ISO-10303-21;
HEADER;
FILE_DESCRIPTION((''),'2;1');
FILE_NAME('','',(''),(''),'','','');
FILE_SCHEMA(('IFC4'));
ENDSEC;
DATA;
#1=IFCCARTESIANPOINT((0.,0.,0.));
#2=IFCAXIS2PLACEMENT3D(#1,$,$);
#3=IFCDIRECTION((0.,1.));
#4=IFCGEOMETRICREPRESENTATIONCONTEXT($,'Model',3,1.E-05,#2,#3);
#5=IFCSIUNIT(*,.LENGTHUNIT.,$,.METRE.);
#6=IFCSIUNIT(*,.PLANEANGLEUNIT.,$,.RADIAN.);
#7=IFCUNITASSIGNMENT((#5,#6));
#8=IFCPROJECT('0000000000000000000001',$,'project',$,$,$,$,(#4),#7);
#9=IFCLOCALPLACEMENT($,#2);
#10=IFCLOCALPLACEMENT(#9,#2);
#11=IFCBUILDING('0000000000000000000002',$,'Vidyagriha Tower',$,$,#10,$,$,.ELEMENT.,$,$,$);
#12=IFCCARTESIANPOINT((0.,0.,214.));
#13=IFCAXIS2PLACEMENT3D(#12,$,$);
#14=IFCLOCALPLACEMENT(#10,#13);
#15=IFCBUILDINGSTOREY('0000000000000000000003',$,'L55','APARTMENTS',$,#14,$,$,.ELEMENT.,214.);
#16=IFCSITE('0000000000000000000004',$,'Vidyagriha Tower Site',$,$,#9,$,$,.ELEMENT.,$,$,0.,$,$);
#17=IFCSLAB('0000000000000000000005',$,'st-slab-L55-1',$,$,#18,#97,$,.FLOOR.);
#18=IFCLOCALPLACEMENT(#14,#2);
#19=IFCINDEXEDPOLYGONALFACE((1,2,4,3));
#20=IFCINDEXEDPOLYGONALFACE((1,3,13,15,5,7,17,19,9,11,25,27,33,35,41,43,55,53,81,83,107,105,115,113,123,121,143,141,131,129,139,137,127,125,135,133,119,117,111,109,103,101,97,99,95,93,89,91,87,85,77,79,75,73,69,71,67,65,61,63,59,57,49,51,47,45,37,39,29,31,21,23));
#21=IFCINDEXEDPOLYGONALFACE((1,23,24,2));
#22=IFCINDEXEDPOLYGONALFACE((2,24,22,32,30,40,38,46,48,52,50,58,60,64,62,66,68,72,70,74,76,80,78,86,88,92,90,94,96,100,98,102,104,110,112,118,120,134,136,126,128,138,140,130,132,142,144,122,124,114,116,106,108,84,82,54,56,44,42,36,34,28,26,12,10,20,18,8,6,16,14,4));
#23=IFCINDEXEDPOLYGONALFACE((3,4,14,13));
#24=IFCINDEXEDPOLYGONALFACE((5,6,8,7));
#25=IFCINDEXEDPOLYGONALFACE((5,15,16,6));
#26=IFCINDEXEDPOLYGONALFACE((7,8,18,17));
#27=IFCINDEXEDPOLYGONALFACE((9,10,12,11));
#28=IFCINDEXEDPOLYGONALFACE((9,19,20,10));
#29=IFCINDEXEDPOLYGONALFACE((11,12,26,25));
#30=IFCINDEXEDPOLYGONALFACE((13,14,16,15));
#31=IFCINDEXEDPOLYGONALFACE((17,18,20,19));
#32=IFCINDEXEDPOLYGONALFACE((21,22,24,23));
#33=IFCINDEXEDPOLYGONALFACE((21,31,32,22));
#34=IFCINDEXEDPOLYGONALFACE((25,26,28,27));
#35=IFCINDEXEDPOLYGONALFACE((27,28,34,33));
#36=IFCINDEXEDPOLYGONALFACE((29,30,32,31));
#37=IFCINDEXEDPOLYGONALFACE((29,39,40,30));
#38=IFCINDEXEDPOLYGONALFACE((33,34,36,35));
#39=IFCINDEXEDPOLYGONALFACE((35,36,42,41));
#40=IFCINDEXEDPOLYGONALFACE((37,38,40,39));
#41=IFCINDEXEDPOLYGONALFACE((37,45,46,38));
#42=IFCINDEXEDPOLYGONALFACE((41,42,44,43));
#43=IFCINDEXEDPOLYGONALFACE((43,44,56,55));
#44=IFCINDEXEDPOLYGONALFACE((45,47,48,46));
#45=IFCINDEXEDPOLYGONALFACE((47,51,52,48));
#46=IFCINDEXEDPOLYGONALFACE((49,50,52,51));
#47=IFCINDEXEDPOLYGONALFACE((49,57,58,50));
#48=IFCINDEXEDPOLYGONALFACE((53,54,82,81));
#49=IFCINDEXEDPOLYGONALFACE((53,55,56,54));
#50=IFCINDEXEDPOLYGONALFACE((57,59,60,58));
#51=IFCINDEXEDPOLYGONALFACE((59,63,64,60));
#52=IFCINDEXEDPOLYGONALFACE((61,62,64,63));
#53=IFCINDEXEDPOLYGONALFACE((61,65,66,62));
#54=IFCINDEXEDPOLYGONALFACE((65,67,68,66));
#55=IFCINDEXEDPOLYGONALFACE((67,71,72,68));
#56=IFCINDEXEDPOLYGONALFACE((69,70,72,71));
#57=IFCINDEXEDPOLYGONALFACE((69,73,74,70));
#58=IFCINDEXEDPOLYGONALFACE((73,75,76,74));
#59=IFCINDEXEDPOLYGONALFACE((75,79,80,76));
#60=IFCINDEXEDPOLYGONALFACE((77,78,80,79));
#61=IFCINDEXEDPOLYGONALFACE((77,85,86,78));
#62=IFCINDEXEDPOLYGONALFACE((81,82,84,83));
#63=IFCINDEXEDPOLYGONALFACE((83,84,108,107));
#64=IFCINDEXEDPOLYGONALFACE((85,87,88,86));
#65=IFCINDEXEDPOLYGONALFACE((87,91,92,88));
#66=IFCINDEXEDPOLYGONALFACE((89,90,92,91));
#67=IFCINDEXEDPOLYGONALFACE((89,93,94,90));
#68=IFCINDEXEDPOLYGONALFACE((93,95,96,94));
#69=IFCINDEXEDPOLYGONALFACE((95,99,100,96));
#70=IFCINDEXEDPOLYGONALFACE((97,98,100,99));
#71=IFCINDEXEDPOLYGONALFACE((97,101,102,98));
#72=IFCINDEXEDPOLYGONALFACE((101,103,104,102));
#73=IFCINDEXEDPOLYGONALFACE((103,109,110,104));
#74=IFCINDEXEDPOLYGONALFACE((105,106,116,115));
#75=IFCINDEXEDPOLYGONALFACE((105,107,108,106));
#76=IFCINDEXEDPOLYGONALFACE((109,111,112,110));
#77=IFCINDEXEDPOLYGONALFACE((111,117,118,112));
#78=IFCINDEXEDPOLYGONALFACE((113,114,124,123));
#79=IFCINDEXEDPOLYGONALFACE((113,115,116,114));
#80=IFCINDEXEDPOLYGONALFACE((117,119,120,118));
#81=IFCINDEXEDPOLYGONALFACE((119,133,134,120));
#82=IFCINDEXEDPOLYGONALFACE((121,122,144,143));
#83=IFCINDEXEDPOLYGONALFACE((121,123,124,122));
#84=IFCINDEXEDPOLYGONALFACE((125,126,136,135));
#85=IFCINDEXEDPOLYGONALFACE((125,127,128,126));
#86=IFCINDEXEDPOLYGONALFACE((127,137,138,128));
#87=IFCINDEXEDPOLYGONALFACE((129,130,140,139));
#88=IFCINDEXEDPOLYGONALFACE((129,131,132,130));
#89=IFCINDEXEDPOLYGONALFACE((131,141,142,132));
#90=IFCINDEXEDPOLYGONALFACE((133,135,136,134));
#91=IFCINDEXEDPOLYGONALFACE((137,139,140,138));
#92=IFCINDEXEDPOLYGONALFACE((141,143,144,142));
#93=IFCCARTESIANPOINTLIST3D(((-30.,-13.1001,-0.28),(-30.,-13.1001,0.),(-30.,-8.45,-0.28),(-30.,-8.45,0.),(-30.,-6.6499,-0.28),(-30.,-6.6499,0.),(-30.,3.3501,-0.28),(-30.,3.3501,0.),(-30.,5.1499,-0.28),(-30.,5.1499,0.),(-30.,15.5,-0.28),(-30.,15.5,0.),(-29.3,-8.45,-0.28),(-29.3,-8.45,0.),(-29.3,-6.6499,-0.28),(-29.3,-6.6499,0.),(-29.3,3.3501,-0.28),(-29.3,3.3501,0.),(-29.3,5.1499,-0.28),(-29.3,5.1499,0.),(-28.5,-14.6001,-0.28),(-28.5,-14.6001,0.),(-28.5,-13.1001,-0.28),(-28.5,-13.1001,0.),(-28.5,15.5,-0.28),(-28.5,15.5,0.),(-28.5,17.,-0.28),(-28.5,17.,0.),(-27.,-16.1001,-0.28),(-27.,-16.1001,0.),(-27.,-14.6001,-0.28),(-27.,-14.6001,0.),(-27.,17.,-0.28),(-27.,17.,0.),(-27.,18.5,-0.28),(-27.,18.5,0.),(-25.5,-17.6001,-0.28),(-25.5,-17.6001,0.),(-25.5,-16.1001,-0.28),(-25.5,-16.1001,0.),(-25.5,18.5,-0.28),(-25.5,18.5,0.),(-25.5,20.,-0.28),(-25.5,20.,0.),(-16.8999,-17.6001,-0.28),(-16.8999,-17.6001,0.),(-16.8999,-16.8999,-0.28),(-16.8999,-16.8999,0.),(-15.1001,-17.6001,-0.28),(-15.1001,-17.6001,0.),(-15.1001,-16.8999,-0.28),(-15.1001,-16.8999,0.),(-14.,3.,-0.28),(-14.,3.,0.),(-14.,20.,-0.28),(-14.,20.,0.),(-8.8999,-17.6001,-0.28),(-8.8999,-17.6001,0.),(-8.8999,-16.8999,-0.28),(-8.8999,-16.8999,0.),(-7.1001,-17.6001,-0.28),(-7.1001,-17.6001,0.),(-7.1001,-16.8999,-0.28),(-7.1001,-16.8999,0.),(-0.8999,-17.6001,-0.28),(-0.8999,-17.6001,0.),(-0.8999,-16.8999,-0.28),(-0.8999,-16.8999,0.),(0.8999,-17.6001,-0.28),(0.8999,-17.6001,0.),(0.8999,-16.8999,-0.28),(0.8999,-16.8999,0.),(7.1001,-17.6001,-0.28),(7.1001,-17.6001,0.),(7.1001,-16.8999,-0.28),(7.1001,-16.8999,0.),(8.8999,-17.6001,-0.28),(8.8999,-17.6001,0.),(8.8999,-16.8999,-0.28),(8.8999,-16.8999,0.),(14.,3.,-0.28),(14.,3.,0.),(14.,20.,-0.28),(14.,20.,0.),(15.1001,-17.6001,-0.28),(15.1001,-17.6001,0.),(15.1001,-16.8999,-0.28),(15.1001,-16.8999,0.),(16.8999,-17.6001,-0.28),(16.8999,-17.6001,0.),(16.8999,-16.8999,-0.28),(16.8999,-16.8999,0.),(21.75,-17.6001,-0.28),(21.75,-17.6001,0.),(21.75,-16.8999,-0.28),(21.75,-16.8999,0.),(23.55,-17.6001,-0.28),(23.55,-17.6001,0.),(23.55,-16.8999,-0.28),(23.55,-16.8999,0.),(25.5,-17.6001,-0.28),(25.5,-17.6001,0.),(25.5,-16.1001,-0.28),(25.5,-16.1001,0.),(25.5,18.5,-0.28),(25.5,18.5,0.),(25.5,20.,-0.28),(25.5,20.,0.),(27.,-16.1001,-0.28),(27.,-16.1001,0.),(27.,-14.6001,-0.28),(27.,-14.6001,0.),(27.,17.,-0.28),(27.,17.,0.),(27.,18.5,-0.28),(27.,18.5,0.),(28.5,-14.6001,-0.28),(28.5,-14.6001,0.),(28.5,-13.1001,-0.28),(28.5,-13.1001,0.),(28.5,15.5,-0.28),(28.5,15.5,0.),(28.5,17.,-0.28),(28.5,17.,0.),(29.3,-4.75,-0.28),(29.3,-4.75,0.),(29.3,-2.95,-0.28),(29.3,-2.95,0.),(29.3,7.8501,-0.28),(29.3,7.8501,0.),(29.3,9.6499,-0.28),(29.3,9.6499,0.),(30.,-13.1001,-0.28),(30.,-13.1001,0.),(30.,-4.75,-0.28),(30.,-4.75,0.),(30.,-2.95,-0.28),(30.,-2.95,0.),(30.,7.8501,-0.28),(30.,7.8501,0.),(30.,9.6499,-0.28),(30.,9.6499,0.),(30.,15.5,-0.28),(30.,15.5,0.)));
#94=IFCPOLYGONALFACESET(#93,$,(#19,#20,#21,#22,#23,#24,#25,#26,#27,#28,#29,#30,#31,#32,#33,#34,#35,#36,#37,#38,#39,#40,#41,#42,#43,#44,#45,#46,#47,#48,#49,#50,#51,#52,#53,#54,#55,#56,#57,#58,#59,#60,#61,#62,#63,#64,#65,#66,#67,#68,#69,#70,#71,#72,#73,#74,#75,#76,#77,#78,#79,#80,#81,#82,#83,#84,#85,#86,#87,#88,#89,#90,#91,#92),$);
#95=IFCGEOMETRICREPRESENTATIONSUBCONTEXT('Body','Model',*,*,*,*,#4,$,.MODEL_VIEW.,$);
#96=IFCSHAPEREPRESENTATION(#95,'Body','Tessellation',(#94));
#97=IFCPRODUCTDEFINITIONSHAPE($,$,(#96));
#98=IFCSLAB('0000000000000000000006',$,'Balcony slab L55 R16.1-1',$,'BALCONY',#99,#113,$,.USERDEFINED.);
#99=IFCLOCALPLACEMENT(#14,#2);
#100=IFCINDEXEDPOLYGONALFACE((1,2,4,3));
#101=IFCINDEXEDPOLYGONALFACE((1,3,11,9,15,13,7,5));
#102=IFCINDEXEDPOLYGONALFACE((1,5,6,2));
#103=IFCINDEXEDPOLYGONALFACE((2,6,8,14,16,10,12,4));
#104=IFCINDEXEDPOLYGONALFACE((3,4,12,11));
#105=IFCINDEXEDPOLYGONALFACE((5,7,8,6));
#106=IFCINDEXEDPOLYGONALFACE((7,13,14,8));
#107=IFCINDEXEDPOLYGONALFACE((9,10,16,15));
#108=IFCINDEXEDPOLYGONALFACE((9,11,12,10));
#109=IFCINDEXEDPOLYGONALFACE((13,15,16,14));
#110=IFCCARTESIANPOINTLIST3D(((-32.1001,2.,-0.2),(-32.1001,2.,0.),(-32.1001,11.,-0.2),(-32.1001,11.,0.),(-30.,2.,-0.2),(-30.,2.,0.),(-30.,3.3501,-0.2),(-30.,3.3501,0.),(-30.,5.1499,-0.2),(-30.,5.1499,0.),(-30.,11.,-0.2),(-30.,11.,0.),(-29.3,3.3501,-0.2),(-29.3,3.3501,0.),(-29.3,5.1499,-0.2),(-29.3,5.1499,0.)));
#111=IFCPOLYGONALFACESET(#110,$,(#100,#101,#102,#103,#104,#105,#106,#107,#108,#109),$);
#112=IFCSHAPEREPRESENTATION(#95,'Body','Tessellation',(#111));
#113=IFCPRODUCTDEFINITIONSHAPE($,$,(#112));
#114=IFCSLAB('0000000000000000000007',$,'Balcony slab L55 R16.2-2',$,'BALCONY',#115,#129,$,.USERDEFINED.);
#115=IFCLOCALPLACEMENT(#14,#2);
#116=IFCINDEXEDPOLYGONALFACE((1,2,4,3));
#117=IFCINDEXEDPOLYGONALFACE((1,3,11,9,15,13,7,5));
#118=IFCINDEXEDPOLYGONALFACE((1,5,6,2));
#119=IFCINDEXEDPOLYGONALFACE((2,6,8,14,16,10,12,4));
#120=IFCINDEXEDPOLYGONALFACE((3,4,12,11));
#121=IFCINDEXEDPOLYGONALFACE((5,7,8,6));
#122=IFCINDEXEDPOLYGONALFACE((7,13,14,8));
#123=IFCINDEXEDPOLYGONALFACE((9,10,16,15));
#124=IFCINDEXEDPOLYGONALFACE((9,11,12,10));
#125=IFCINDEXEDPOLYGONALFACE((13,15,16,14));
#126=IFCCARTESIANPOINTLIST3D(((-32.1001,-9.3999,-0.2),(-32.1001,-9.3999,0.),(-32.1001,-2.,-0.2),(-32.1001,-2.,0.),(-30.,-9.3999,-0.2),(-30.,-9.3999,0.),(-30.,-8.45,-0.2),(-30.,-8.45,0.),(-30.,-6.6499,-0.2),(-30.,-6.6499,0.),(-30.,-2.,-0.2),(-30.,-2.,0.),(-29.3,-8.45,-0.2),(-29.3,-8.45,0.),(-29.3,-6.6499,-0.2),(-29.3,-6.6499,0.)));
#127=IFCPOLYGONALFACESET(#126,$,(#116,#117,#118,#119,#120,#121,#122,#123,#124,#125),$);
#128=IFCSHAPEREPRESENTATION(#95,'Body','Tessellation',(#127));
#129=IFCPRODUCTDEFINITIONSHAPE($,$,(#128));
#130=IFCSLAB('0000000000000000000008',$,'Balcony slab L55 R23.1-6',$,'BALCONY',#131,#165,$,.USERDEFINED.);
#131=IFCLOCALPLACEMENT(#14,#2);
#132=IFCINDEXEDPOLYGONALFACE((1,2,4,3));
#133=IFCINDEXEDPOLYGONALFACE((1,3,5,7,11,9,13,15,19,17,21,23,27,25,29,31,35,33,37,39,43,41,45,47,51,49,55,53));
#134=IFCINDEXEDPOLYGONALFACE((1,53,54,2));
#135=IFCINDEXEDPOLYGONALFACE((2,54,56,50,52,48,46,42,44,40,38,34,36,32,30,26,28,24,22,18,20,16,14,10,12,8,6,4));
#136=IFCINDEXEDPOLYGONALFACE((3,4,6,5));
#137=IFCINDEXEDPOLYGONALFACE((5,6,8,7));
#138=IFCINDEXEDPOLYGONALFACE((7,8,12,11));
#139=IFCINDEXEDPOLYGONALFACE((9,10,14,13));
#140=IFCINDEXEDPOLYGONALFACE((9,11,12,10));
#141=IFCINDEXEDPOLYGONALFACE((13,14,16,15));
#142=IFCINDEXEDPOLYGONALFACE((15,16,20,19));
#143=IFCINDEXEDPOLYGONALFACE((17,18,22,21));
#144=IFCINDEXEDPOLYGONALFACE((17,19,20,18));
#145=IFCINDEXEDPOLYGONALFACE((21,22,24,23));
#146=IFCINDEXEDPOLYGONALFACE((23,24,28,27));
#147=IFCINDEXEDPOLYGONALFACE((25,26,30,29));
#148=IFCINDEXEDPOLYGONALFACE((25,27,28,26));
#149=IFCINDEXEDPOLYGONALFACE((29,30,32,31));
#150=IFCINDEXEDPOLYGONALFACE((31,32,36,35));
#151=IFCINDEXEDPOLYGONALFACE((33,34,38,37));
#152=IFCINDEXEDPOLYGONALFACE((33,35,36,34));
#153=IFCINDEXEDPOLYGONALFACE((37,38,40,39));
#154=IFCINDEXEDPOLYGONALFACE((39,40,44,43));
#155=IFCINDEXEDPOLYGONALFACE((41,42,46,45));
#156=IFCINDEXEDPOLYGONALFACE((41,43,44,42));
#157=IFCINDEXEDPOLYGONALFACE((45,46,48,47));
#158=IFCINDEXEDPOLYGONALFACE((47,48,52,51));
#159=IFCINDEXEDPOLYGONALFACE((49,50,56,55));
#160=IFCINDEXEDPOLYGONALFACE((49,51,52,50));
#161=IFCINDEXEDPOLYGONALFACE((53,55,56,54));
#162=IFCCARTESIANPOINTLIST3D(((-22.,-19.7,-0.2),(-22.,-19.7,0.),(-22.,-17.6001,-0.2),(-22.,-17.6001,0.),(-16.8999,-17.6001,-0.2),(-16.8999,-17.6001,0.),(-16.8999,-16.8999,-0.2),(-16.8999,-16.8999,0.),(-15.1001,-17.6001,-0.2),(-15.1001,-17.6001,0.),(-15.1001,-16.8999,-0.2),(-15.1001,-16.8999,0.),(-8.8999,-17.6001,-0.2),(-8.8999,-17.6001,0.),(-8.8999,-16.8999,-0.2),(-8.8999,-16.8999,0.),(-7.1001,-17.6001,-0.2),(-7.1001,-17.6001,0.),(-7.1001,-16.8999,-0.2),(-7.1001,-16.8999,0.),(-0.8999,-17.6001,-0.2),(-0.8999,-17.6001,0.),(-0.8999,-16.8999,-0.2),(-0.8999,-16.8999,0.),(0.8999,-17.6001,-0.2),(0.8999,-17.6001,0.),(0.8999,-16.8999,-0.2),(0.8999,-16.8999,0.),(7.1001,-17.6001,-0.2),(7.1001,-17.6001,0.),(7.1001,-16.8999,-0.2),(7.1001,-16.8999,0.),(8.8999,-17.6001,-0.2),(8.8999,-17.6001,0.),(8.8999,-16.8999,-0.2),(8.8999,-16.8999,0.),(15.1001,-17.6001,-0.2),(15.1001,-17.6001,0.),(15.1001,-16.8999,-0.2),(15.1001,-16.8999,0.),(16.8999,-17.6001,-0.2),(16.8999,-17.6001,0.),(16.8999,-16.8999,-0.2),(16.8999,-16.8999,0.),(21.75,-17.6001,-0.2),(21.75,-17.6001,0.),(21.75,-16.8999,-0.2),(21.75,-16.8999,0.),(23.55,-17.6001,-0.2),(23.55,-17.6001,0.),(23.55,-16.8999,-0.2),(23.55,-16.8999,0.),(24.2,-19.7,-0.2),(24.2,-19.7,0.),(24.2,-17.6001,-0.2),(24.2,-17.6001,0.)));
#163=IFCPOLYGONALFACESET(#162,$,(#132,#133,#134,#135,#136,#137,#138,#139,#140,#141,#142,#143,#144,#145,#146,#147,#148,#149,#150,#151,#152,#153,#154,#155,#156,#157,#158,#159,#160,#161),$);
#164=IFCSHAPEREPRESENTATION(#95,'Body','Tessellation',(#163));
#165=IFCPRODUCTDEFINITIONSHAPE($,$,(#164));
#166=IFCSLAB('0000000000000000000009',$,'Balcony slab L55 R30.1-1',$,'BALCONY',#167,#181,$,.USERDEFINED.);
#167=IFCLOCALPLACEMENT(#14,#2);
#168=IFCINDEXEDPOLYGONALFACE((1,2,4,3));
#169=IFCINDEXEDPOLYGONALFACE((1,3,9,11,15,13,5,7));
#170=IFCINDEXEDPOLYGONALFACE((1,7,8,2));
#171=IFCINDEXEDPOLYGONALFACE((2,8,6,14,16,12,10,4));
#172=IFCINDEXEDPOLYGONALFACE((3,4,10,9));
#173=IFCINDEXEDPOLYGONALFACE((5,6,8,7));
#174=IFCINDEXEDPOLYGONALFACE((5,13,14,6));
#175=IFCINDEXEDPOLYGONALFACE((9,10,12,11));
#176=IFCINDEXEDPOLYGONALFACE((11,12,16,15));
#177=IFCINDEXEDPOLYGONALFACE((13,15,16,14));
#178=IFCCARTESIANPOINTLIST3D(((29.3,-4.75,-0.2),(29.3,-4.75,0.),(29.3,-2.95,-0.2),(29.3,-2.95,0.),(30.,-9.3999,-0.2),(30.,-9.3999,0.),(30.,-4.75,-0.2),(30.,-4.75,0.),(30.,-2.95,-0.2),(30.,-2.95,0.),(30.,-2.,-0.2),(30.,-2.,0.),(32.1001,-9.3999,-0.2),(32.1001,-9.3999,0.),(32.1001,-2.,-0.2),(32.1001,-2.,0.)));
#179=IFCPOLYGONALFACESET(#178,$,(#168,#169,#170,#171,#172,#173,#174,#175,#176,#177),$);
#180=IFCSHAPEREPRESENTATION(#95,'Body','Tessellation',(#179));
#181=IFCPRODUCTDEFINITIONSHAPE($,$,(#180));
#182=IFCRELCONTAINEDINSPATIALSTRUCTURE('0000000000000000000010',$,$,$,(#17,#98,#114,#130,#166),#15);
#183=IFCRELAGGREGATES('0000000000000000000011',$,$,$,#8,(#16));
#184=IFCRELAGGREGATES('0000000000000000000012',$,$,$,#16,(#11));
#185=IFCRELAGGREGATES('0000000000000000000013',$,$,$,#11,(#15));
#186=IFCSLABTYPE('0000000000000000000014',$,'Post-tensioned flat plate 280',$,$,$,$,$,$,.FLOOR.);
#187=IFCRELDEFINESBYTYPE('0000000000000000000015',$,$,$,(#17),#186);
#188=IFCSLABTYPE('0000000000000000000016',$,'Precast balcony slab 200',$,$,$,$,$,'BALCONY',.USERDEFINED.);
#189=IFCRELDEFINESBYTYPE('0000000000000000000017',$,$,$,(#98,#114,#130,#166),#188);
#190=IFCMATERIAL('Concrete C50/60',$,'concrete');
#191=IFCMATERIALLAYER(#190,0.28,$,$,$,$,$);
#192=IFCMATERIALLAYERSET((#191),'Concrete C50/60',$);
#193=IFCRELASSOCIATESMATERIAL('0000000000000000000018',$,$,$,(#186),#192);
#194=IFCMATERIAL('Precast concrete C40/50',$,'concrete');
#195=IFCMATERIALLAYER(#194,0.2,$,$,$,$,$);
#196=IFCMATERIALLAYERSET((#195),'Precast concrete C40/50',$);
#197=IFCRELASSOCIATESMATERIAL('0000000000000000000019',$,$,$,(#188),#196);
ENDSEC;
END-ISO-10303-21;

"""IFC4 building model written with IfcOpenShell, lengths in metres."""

from ifc_helpers import new_model, si_unit, direction, frame, origin, place, context, subcontext, project, spatial, polyline, outline, extrude, material, layer, layer_set, type_object, element, save


model = new_model("IFC4")

# Units and contexts
model_context = context("Model", 3, precision=1e-05, world=origin(), true_north=direction((0.0, 1.0)))
body_context = subcontext(model_context, "Body", "Model", "MODEL_VIEW")
ifc_project = project(units=[si_unit("LENGTHUNIT", "METRE"), si_unit("PLANEANGLEUNIT", "RADIAN")], contexts=[model_context])

# Site, building, storey
site_placement = place(None, origin())
site = spatial("IfcSite", under=ifc_project, at=site_placement, Name="Vidyagriha Tower Site", CompositionType="ELEMENT", RefElevation=0.0)
building_placement = place(site_placement, origin())
building = spatial("IfcBuilding", under=site, at=building_placement, Name="Vidyagriha Tower", CompositionType="ELEMENT")
storey_placement = place(building_placement, frame((0.0, 0.0, 214.0)))
storey = spatial("IfcBuildingStorey", under=building, at=storey_placement, Name="L55", Description="APARTMENTS", CompositionType="ELEMENT", Elevation=214.0)

# Slabs
ifc_material_1 = material(Name="Concrete C50/60", Category="concrete")
ifc_layer_1 = layer(ifc_material_1, 0.28)
ifc_layer_set_1 = layer_set([ifc_layer_1], Name="Concrete C50/60")
slab_type_1 = type_object("IfcSlabType", Name="Post-tensioned flat plate 280", PredefinedType="FLOOR", material=ifc_layer_set_1)
slab_1_placement = place(storey_placement, frame((0.0, 0.0, -0.28)))
element("IfcSlab", 1, at=slab_1_placement, inside=storey, type_object=slab_type_1, Name="st-slab-L55-1", PredefinedType="FLOOR", context=body_context, shape_type="SweptSolid", body=[
    extrude(outline(polyline([(28.5, -14.6001), (27.0, -14.6001), (27.0, -16.1001), (25.5, -16.1001), (25.5, -17.6001), (23.55, -17.6001), (23.55, -16.8999), (21.75, -16.8999), (21.75, -17.6001), (16.8999, -17.6001), (16.8999, -16.8999), (15.1001, -16.8999), (15.1001, -17.6001), (8.8999, -17.6001), (8.8999, -16.8999), (7.1001, -16.8999), (7.1001, -17.6001), (0.8999, -17.6001), (0.8999, -16.8999), (-0.8999, -16.8999), (-0.8999, -17.6001), (-7.1001, -17.6001), (-7.1001, -16.8999), (-8.8999, -16.8999), (-8.8999, -17.6001), (-15.1001, -17.6001), (-15.1001, -16.8999), (-16.8999, -16.8999), (-16.8999, -17.6001), (-25.5, -17.6001), (-25.5, -16.1001), (-27.0, -16.1001), (-27.0, -14.6001), (-28.5, -14.6001), (-28.5, -13.1001), (-30.0, -13.1001), (-30.0, -8.45), (-29.3, -8.45), (-29.3, -6.6499), (-30.0, -6.6499), (-30.0, 3.3501), (-29.3, 3.3501), (-29.3, 5.1499), (-30.0, 5.1499), (-30.0, 15.5), (-28.5, 15.5), (-28.5, 17.0), (-27.0, 17.0), (-27.0, 18.5), (-25.5, 18.5), (-25.5, 20.0), (-14.0, 20.0), (-14.0, 3.0), (14.0, 3.0), (14.0, 20.0), (25.5, 20.0), (25.5, 18.5), (27.0, 18.5), (27.0, 17.0), (28.5, 17.0), (28.5, 15.5), (30.0, 15.5), (30.0, 9.6499), (29.3, 9.6499), (29.3, 7.8501), (30.0, 7.8501), (30.0, -2.95), (29.3, -2.95), (29.3, -4.75), (30.0, -4.75), (30.0, -13.1001), (28.5, -13.1001), (28.5, -14.6001)])), origin(), (0.0, 0.0, 1.0), 0.28),
])
ifc_material_2 = material(Name="Precast concrete C40/50", Category="concrete")
ifc_layer_2 = layer(ifc_material_2, 0.2)
ifc_layer_set_2 = layer_set([ifc_layer_2], Name="Precast concrete C40/50")
slab_type_2 = type_object("IfcSlabType", Name="Precast balcony slab 200", ElementType="BALCONY", PredefinedType="USERDEFINED", material=ifc_layer_set_2)
slab_2_placement = place(storey_placement, frame((0.0, 0.0, -0.2)))
element("IfcSlab", 2, at=slab_2_placement, inside=storey, type_object=slab_type_2, Name="Balcony slab L55 R16.1-1", ObjectType="BALCONY", PredefinedType="USERDEFINED", context=body_context, shape_type="SweptSolid", body=[
    extrude(outline(polyline([(-29.3, 3.3501), (-29.3, 5.1499), (-30.0, 5.1499), (-30.0, 11.0), (-32.1001, 11.0), (-32.1001, 2.0), (-30.0, 2.0), (-30.0, 3.3501), (-29.3, 3.3501)])), origin(), (0.0, 0.0, 1.0), 0.2),
])
slab_3_placement = place(storey_placement, frame((0.0, 0.0, -0.2)))
element("IfcSlab", 3, at=slab_3_placement, inside=storey, type_object=slab_type_2, Name="Balcony slab L55 R16.2-2", ObjectType="BALCONY", PredefinedType="USERDEFINED", context=body_context, shape_type="SweptSolid", body=[
    extrude(outline(polyline([(-29.3, -8.45), (-29.3, -6.6499), (-30.0, -6.6499), (-30.0, -2.0), (-32.1001, -2.0), (-32.1001, -9.3999), (-30.0, -9.3999), (-30.0, -8.45), (-29.3, -8.45)])), origin(), (0.0, 0.0, 1.0), 0.2),
])
slab_4_placement = place(storey_placement, frame((0.0, 0.0, -0.2)))
element("IfcSlab", 4, at=slab_4_placement, inside=storey, type_object=slab_type_2, Name="Balcony slab L55 R23.1-6", ObjectType="BALCONY", PredefinedType="USERDEFINED", context=body_context, shape_type="SweptSolid", body=[
    extrude(outline(polyline([(-16.8999, -16.8999), (-16.8999, -17.6001), (-22.0, -17.6001), (-22.0, -19.7), (24.2, -19.7), (24.2, -17.6001), (23.55, -17.6001), (23.55, -16.8999), (21.75, -16.8999), (21.75, -17.6001), (16.8999, -17.6001), (16.8999, -16.8999), (15.1001, -16.8999), (15.1001, -17.6001), (8.8999, -17.6001), (8.8999, -16.8999), (7.1001, -16.8999), (7.1001, -17.6001), (0.8999, -17.6001), (0.8999, -16.8999), (-0.8999, -16.8999), (-0.8999, -17.6001), (-7.1001, -17.6001), (-7.1001, -16.8999), (-8.8999, -16.8999), (-8.8999, -17.6001), (-15.1001, -17.6001), (-15.1001, -16.8999), (-16.8999, -16.8999)])), origin(), (0.0, 0.0, 1.0), 0.2),
])
slab_5_placement = place(storey_placement, frame((0.0, 0.0, -0.2)))
element("IfcSlab", 5, at=slab_5_placement, inside=storey, type_object=slab_type_2, Name="Balcony slab L55 R30.1-1", ObjectType="BALCONY", PredefinedType="USERDEFINED", context=body_context, shape_type="SweptSolid", body=[
    extrude(outline(polyline([(30.0, -4.75), (30.0, -9.3999), (32.1001, -9.3999), (32.1001, -2.0), (30.0, -2.0), (30.0, -2.95), (29.3, -2.95), (29.3, -4.75), (30.0, -4.75)])), origin(), (0.0, 0.0, 1.0), 0.2),
])

save(model, "model.ifc")
